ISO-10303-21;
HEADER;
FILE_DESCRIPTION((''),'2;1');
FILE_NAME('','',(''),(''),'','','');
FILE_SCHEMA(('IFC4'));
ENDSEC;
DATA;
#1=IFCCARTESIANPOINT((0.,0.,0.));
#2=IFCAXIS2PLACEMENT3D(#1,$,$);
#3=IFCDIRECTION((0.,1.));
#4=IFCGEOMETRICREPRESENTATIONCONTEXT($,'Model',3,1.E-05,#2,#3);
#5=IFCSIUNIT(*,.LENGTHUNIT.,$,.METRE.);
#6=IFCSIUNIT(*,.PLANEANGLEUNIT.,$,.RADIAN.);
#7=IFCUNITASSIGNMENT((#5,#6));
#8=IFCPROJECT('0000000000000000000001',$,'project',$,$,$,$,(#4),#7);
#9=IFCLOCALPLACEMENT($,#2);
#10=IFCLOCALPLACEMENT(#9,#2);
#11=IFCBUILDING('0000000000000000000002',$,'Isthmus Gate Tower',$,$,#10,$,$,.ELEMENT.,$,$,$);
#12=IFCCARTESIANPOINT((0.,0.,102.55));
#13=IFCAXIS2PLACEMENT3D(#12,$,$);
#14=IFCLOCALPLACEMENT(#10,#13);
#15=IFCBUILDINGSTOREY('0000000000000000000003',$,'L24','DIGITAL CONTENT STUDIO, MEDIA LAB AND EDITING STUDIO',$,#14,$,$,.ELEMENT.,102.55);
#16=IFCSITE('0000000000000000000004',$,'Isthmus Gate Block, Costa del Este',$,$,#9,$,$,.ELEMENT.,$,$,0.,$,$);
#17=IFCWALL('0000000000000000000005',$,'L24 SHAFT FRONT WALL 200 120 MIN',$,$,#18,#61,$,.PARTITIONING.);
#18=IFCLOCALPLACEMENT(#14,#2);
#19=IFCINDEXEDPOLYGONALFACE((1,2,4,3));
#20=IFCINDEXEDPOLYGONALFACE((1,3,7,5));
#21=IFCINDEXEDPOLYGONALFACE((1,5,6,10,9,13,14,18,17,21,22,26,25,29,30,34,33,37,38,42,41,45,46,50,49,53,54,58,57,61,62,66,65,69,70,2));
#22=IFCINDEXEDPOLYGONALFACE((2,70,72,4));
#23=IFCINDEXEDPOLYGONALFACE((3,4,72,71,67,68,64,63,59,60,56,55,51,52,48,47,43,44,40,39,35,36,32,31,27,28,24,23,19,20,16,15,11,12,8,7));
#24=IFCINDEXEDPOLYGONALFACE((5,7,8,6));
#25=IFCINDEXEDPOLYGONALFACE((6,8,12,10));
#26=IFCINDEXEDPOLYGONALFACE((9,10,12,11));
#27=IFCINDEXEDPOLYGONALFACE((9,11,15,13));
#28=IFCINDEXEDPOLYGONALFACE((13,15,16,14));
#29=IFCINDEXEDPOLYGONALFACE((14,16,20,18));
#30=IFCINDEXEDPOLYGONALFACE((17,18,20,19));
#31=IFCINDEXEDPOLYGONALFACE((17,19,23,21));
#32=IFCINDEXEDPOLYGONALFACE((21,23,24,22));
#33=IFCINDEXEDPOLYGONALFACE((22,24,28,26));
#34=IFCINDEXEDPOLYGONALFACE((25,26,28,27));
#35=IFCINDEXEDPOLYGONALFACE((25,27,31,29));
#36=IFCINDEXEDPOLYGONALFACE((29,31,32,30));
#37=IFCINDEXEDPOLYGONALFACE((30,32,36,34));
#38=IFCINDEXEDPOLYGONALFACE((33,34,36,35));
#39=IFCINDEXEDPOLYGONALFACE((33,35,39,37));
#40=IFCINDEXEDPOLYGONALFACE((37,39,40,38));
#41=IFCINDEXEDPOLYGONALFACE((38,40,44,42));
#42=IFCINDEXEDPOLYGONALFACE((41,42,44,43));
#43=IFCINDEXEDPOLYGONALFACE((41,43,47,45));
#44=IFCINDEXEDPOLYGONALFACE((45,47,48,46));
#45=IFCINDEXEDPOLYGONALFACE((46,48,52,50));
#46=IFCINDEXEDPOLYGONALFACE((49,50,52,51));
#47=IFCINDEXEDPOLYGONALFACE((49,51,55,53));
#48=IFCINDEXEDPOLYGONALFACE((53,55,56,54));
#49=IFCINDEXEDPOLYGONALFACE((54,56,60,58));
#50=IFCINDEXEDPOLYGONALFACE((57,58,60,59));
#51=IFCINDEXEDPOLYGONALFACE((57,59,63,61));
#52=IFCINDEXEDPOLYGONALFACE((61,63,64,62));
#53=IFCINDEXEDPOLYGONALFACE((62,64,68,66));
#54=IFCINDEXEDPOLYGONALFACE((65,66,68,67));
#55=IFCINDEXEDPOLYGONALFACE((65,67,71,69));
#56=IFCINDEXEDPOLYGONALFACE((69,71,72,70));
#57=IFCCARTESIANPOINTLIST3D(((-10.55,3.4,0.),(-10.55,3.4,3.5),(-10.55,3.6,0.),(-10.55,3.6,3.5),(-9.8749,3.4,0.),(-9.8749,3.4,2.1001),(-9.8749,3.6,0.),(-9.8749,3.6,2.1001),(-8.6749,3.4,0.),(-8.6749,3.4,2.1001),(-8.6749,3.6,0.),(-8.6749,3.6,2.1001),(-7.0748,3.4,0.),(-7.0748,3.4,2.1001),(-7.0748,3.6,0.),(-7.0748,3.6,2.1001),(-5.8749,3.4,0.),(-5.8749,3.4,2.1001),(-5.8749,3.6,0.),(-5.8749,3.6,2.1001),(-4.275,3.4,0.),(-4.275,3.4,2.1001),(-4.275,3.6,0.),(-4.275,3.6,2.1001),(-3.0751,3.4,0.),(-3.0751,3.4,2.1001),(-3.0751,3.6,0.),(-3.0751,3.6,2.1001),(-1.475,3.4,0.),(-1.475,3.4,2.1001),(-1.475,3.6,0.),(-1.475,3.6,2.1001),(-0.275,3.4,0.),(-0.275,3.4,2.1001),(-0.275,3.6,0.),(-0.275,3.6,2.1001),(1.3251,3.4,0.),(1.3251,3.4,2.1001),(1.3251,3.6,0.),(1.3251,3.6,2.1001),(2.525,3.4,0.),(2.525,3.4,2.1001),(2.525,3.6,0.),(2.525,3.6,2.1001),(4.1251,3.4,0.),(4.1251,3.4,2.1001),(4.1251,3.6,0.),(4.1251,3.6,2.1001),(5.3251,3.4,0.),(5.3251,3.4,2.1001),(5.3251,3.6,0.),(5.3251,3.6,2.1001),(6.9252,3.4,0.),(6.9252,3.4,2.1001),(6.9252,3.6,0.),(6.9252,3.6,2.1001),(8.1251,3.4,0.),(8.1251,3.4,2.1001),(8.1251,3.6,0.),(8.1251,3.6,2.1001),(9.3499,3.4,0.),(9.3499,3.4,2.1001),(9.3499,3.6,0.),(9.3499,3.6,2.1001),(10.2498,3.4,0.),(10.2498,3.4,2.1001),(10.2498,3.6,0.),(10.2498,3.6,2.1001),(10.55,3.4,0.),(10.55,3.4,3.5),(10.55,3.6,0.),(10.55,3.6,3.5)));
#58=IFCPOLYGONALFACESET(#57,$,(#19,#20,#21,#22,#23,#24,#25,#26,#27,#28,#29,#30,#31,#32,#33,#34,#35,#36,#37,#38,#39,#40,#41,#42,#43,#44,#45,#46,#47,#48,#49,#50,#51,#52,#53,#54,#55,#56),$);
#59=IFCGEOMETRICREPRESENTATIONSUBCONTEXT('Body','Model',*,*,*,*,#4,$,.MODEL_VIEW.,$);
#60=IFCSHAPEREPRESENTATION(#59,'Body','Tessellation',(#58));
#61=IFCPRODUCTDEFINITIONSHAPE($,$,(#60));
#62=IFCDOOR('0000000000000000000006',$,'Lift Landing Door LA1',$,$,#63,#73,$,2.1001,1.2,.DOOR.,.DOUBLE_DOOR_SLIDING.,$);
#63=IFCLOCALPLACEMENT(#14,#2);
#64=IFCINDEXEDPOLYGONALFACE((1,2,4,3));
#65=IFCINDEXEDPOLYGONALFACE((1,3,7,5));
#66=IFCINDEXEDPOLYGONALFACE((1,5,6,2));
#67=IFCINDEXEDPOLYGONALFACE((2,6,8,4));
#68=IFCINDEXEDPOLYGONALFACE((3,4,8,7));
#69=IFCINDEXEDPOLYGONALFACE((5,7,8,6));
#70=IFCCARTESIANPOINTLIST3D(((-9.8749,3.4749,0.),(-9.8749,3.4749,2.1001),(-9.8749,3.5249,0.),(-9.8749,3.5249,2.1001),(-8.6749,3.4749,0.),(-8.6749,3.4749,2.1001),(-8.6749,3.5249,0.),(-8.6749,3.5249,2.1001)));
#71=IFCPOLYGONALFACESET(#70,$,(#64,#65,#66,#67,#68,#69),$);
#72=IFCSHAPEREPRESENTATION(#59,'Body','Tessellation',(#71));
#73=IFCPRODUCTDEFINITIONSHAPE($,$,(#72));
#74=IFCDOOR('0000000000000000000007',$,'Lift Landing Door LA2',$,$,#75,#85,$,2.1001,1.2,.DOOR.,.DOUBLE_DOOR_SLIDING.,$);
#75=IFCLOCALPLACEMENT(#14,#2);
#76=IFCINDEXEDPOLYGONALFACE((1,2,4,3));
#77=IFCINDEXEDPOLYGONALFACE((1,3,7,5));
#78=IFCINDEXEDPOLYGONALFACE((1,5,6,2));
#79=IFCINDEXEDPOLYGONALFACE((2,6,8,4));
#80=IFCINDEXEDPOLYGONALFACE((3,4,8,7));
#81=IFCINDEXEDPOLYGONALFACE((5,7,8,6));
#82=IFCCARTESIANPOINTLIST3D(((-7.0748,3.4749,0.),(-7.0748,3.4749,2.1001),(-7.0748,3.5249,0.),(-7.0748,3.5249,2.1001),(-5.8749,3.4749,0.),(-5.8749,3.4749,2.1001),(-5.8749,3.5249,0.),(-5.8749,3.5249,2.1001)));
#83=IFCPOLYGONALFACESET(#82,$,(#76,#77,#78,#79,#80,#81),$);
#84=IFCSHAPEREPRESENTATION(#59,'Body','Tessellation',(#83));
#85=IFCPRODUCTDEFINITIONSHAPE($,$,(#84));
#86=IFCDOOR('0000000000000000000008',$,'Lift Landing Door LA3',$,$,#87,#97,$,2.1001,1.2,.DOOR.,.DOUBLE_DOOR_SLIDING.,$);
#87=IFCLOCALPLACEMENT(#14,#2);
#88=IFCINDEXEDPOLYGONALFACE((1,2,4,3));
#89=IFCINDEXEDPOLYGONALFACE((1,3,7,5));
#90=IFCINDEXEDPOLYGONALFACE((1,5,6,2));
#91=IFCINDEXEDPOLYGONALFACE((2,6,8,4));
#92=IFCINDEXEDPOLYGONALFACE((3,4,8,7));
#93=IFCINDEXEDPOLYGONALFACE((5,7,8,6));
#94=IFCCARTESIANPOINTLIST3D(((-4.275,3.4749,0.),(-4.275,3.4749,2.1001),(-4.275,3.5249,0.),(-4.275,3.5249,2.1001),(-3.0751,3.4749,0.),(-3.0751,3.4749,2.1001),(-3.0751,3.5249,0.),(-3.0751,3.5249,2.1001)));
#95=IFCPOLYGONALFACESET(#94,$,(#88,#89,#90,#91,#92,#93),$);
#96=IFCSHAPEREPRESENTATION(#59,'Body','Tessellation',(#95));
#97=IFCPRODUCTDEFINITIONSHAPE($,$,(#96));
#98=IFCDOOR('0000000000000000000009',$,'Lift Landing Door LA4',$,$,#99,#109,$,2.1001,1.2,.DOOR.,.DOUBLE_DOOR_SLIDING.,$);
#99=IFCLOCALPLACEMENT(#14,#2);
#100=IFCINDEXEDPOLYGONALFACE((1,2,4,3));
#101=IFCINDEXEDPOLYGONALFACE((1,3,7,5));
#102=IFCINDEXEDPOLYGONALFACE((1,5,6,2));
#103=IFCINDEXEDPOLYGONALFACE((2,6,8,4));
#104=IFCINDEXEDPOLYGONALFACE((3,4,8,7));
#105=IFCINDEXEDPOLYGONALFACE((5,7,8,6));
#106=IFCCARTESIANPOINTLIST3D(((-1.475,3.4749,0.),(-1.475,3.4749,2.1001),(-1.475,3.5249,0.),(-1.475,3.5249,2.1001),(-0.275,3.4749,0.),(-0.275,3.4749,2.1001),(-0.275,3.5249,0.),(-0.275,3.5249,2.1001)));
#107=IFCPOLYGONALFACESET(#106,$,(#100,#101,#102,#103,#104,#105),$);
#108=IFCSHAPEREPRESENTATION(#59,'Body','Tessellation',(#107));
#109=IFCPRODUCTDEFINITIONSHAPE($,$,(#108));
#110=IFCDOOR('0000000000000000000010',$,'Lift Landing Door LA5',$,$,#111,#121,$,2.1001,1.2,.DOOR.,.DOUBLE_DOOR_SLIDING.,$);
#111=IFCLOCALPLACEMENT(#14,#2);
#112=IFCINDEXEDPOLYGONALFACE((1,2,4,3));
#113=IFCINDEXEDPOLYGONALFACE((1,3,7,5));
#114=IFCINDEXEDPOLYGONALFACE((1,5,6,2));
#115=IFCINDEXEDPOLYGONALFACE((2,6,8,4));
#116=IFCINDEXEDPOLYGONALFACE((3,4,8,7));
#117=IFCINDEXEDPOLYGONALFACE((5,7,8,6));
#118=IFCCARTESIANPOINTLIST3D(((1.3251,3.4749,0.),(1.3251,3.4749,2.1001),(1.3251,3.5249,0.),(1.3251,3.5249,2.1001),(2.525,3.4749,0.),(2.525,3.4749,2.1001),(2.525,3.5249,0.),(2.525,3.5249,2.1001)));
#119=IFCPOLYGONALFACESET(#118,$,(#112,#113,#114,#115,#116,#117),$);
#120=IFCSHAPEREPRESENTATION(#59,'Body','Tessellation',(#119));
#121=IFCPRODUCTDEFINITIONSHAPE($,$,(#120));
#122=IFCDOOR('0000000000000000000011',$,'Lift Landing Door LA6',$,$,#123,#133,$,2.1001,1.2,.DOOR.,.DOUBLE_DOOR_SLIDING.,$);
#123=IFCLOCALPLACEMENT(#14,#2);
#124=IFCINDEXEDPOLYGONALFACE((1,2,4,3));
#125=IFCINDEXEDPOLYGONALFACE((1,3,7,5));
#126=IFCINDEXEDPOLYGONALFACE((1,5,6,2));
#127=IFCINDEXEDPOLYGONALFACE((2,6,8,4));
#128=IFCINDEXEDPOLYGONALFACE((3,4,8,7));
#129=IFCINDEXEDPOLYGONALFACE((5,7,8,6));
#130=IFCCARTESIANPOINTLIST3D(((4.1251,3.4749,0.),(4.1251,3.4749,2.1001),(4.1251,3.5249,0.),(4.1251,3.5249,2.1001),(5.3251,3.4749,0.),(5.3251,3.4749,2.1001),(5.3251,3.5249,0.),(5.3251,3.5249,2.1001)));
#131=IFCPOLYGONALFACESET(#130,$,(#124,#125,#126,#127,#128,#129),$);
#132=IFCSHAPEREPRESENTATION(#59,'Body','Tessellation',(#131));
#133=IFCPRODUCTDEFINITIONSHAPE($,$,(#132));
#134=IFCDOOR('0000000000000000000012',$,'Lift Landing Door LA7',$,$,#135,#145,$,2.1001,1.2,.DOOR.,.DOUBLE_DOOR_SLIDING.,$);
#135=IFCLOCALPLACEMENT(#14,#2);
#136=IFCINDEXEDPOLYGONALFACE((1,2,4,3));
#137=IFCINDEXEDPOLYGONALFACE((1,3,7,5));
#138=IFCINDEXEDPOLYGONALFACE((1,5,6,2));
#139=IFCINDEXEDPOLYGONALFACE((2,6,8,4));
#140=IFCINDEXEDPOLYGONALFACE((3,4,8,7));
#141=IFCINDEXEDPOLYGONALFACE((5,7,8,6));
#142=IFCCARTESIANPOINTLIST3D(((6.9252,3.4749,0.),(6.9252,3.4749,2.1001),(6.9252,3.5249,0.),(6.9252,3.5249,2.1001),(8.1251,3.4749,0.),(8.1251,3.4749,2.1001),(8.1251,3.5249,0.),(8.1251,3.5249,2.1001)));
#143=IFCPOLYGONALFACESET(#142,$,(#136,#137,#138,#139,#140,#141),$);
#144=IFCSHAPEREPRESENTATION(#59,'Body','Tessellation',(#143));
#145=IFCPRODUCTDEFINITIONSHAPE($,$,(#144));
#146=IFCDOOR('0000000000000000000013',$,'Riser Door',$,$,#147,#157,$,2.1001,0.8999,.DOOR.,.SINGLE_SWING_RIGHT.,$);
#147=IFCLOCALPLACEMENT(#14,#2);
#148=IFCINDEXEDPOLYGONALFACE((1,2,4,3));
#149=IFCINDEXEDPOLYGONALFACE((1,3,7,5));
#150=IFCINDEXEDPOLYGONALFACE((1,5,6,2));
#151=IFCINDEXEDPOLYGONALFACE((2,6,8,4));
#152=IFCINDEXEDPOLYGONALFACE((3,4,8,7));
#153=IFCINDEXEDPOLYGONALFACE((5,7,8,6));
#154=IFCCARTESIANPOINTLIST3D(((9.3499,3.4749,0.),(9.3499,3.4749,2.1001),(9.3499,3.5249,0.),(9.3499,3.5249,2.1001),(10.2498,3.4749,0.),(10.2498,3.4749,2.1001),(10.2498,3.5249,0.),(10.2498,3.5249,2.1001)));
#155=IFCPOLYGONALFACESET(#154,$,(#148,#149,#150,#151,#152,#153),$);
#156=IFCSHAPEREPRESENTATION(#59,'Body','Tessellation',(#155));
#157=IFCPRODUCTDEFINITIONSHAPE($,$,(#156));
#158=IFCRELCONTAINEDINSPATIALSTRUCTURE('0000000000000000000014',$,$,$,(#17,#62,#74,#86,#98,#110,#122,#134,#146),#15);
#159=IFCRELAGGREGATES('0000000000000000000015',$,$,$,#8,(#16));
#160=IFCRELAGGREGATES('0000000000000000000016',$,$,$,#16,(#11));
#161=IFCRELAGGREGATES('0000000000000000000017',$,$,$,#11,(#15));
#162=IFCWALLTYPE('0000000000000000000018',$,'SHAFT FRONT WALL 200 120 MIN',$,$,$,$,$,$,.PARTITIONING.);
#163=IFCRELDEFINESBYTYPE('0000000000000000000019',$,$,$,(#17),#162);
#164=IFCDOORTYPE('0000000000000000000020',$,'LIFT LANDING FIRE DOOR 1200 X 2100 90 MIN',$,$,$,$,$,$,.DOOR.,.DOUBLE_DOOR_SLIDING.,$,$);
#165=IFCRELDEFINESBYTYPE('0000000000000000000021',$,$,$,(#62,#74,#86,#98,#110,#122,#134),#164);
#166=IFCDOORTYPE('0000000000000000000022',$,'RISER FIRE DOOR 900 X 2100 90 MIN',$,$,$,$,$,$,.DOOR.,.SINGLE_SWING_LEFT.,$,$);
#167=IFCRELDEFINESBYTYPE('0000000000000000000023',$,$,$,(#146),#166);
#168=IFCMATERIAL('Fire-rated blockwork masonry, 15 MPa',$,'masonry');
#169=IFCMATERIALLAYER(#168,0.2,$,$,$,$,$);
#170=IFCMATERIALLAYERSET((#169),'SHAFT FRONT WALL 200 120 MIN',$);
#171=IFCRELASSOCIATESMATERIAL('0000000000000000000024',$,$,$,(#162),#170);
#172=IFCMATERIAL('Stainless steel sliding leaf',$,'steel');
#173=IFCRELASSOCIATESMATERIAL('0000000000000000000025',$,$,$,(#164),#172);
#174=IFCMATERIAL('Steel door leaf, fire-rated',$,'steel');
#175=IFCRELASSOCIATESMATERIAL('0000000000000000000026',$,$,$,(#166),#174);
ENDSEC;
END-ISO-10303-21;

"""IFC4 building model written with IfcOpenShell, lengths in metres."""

from ifc_helpers import new_model, si_unit, direction, frame, frame_2d, origin, place, context, subcontext, project, spatial, rectangle, extrude, material, layer, layer_set, type_object, element, fill, save


model = new_model("IFC4")

# Units and contexts
model_context = context("Model", 3, precision=1e-05, world=origin(), true_north=direction((0.0, 1.0)))
body_context = subcontext(model_context, "Body", "Model", "MODEL_VIEW")
ifc_project = project(units=[si_unit("LENGTHUNIT", "METRE"), si_unit("PLANEANGLEUNIT", "RADIAN")], contexts=[model_context])

# Site, building, storey
site_placement = place(None, origin())
site = spatial("IfcSite", under=ifc_project, at=site_placement, Name="Isthmus Gate Block, Costa del Este", CompositionType="ELEMENT", RefElevation=0.0)
building_placement = place(site_placement, origin())
building = spatial("IfcBuilding", under=site, at=building_placement, Name="Isthmus Gate Tower", CompositionType="ELEMENT")
storey_placement = place(building_placement, frame((0.0, 0.0, 102.55)))
storey = spatial("IfcBuildingStorey", under=building, at=storey_placement, Name="L24", Description="DIGITAL CONTENT STUDIO, MEDIA LAB AND EDITING STUDIO", CompositionType="ELEMENT", Elevation=102.55)

# Wall, openings, doors
ifc_material_1 = material(Name="Fire-rated blockwork masonry, 15 MPa", Category="masonry")
ifc_layer_1 = layer(ifc_material_1, 0.2)
ifc_layer_set_1 = layer_set([ifc_layer_1], Name="SHAFT FRONT WALL 200 120 MIN")
wall_type_1 = type_object("IfcWallType", Name="SHAFT FRONT WALL 200 120 MIN", PredefinedType="PARTITIONING", material=ifc_layer_set_1)
wall_1_placement = place(storey_placement, frame((-10.55, 3.5, 0.0), z_axis=(0.0, 0.0, 1.0), x_axis=(1.0, 0.0, 0.0)))
wall_1 = element("IfcWall", 1, at=wall_1_placement, inside=storey, type_object=wall_type_1, Name="L24 SHAFT FRONT WALL 200 120 MIN", PredefinedType="PARTITIONING", context=body_context, shape_type="SweptSolid", body=[
    extrude(rectangle(XDim=21.1001, YDim=0.2, at=frame_2d((10.55, 0.0))), origin(), (0.0, 0.0, 1.0), 3.5),
])
opening_1_placement = place(wall_1_placement, frame((0.675, 0.0, 0.0)))
opening_1 = element("IfcOpeningElement", 2, at=opening_1_placement, cuts=wall_1, PredefinedType="OPENING", context=body_context, shape_type="SweptSolid", body=[
    extrude(rectangle(XDim=1.2, YDim=2.1001, at=frame_2d((0.6001, 1.05))), frame((0.0, 0.1099, 0.0), z_axis=(0.0, -1.0, 0.0), x_axis=(1.0, 0.0, 0.0)), (0.0, 0.0, 1.0), 0.22),
])
opening_2_placement = place(wall_1_placement, frame((3.4751, 0.0, 0.0)))
opening_2 = element("IfcOpeningElement", 3, at=opening_2_placement, cuts=wall_1, PredefinedType="OPENING", context=body_context, shape_type="SweptSolid", body=[
    extrude(rectangle(XDim=1.2, YDim=2.1001, at=frame_2d((0.6001, 1.05))), frame((0.0, 0.1099, 0.0), z_axis=(0.0, -1.0, 0.0), x_axis=(1.0, 0.0, 0.0)), (0.0, 0.0, 1.0), 0.22),
])
opening_3_placement = place(wall_1_placement, frame((6.2749, 0.0, 0.0)))
opening_3 = element("IfcOpeningElement", 4, at=opening_3_placement, cuts=wall_1, PredefinedType="OPENING", context=body_context, shape_type="SweptSolid", body=[
    extrude(rectangle(XDim=1.2, YDim=2.1001, at=frame_2d((0.6001, 1.05))), frame((0.0, 0.1099, 0.0), z_axis=(0.0, -1.0, 0.0), x_axis=(1.0, 0.0, 0.0)), (0.0, 0.0, 1.0), 0.22),
])
opening_4_placement = place(wall_1_placement, frame((9.075, 0.0, 0.0)))
opening_4 = element("IfcOpeningElement", 5, at=opening_4_placement, cuts=wall_1, PredefinedType="OPENING", context=body_context, shape_type="SweptSolid", body=[
    extrude(rectangle(XDim=1.2, YDim=2.1001, at=frame_2d((0.6001, 1.05))), frame((0.0, 0.1099, 0.0), z_axis=(0.0, -1.0, 0.0), x_axis=(1.0, 0.0, 0.0)), (0.0, 0.0, 1.0), 0.22),
])
opening_5_placement = place(wall_1_placement, frame((11.875, 0.0, 0.0)))
opening_5 = element("IfcOpeningElement", 6, at=opening_5_placement, cuts=wall_1, PredefinedType="OPENING", context=body_context, shape_type="SweptSolid", body=[
    extrude(rectangle(XDim=1.2, YDim=2.1001, at=frame_2d((0.6001, 1.05))), frame((0.0, 0.1099, 0.0), z_axis=(0.0, -1.0, 0.0), x_axis=(1.0, 0.0, 0.0)), (0.0, 0.0, 1.0), 0.22),
])
opening_6_placement = place(wall_1_placement, frame((14.675, 0.0, 0.0)))
opening_6 = element("IfcOpeningElement", 7, at=opening_6_placement, cuts=wall_1, PredefinedType="OPENING", context=body_context, shape_type="SweptSolid", body=[
    extrude(rectangle(XDim=1.2, YDim=2.1001, at=frame_2d((0.6001, 1.05))), frame((0.0, 0.1099, 0.0), z_axis=(0.0, -1.0, 0.0), x_axis=(1.0, 0.0, 0.0)), (0.0, 0.0, 1.0), 0.22),
])
opening_7_placement = place(wall_1_placement, frame((17.4751, 0.0, 0.0)))
opening_7 = element("IfcOpeningElement", 8, at=opening_7_placement, cuts=wall_1, PredefinedType="OPENING", context=body_context, shape_type="SweptSolid", body=[
    extrude(rectangle(XDim=1.2, YDim=2.1001, at=frame_2d((0.6001, 1.05))), frame((0.0, 0.1099, 0.0), z_axis=(0.0, -1.0, 0.0), x_axis=(1.0, 0.0, 0.0)), (0.0, 0.0, 1.0), 0.22),
])
opening_8_placement = place(wall_1_placement, frame((19.8999, 0.0, 0.0)))
opening_8 = element("IfcOpeningElement", 9, at=opening_8_placement, cuts=wall_1, PredefinedType="OPENING", context=body_context, shape_type="SweptSolid", body=[
    extrude(rectangle(XDim=0.8999, YDim=2.1001, at=frame_2d((0.45, 1.05))), frame((0.0, 0.1099, 0.0), z_axis=(0.0, -1.0, 0.0), x_axis=(1.0, 0.0, 0.0)), (0.0, 0.0, 1.0), 0.22),
])
ifc_material_2 = material(Name="Stainless steel sliding leaf", Category="steel")
door_type_1 = type_object("IfcDoorType", Name="LIFT LANDING FIRE DOOR 1200 X 2100 90 MIN", OperationType="DOUBLE_DOOR_SLIDING", PredefinedType="DOOR", material=ifc_material_2)
door_1_placement = place(opening_1_placement, origin())
door_1 = element("IfcDoor", 10, at=door_1_placement, inside=storey, type_object=door_type_1, Name="Lift Landing Door LA1", OperationType="DOUBLE_DOOR_SLIDING", OverallHeight=2.1001, OverallWidth=1.2, PredefinedType="DOOR", context=body_context, shape_type="SweptSolid", body=[
    extrude(rectangle(XDim=1.2, YDim=2.1001, at=frame_2d((0.6001, 1.05))), frame((0.0, 0.0249, 0.0), z_axis=(0.0, -1.0, 0.0), x_axis=(1.0, 0.0, 0.0)), (0.0, 0.0, 1.0), 0.05),
])
fill(opening_1, door_1)
door_2_placement = place(opening_2_placement, origin())
door_2 = element("IfcDoor", 11, at=door_2_placement, inside=storey, type_object=door_type_1, Name="Lift Landing Door LA2", OperationType="DOUBLE_DOOR_SLIDING", OverallHeight=2.1001, OverallWidth=1.2, PredefinedType="DOOR", context=body_context, shape_type="SweptSolid", body=[
    extrude(rectangle(XDim=1.2, YDim=2.1001, at=frame_2d((0.6001, 1.05))), frame((0.0, 0.0249, 0.0), z_axis=(0.0, -1.0, 0.0), x_axis=(1.0, 0.0, 0.0)), (0.0, 0.0, 1.0), 0.05),
])
fill(opening_2, door_2)
door_3_placement = place(opening_3_placement, origin())
door_3 = element("IfcDoor", 12, at=door_3_placement, inside=storey, type_object=door_type_1, Name="Lift Landing Door LA3", OperationType="DOUBLE_DOOR_SLIDING", OverallHeight=2.1001, OverallWidth=1.2, PredefinedType="DOOR", context=body_context, shape_type="SweptSolid", body=[
    extrude(rectangle(XDim=1.2, YDim=2.1001, at=frame_2d((0.6001, 1.05))), frame((0.0, 0.0249, 0.0), z_axis=(0.0, -1.0, 0.0), x_axis=(1.0, 0.0, 0.0)), (0.0, 0.0, 1.0), 0.05),
])
fill(opening_3, door_3)
door_4_placement = place(opening_4_placement, origin())
door_4 = element("IfcDoor", 13, at=door_4_placement, inside=storey, type_object=door_type_1, Name="Lift Landing Door LA4", OperationType="DOUBLE_DOOR_SLIDING", OverallHeight=2.1001, OverallWidth=1.2, PredefinedType="DOOR", context=body_context, shape_type="SweptSolid", body=[
    extrude(rectangle(XDim=1.2, YDim=2.1001, at=frame_2d((0.6001, 1.05))), frame((0.0, 0.0249, 0.0), z_axis=(0.0, -1.0, 0.0), x_axis=(1.0, 0.0, 0.0)), (0.0, 0.0, 1.0), 0.05),
])
fill(opening_4, door_4)
door_5_placement = place(opening_5_placement, origin())
door_5 = element("IfcDoor", 14, at=door_5_placement, inside=storey, type_object=door_type_1, Name="Lift Landing Door LA5", OperationType="DOUBLE_DOOR_SLIDING", OverallHeight=2.1001, OverallWidth=1.2, PredefinedType="DOOR", context=body_context, shape_type="SweptSolid", body=[
    extrude(rectangle(XDim=1.2, YDim=2.1001, at=frame_2d((0.6001, 1.05))), frame((0.0, 0.0249, 0.0), z_axis=(0.0, -1.0, 0.0), x_axis=(1.0, 0.0, 0.0)), (0.0, 0.0, 1.0), 0.05),
])
fill(opening_5, door_5)
door_6_placement = place(opening_6_placement, origin())
door_6 = element("IfcDoor", 15, at=door_6_placement, inside=storey, type_object=door_type_1, Name="Lift Landing Door LA6", OperationType="DOUBLE_DOOR_SLIDING", OverallHeight=2.1001, OverallWidth=1.2, PredefinedType="DOOR", context=body_context, shape_type="SweptSolid", body=[
    extrude(rectangle(XDim=1.2, YDim=2.1001, at=frame_2d((0.6001, 1.05))), frame((0.0, 0.0249, 0.0), z_axis=(0.0, -1.0, 0.0), x_axis=(1.0, 0.0, 0.0)), (0.0, 0.0, 1.0), 0.05),
])
fill(opening_6, door_6)
door_7_placement = place(opening_7_placement, origin())
door_7 = element("IfcDoor", 16, at=door_7_placement, inside=storey, type_object=door_type_1, Name="Lift Landing Door LA7", OperationType="DOUBLE_DOOR_SLIDING", OverallHeight=2.1001, OverallWidth=1.2, PredefinedType="DOOR", context=body_context, shape_type="SweptSolid", body=[
    extrude(rectangle(XDim=1.2, YDim=2.1001, at=frame_2d((0.6001, 1.05))), frame((0.0, 0.0249, 0.0), z_axis=(0.0, -1.0, 0.0), x_axis=(1.0, 0.0, 0.0)), (0.0, 0.0, 1.0), 0.05),
])
fill(opening_7, door_7)
ifc_material_3 = material(Name="Steel door leaf, fire-rated", Category="steel")
door_type_2 = type_object("IfcDoorType", Name="RISER FIRE DOOR 900 X 2100 90 MIN", OperationType="SINGLE_SWING_LEFT", PredefinedType="DOOR", material=ifc_material_3)
door_8_placement = place(opening_8_placement, origin())
door_8 = element("IfcDoor", 17, at=door_8_placement, inside=storey, type_object=door_type_2, Name="Riser Door", OperationType="SINGLE_SWING_RIGHT", OverallHeight=2.1001, OverallWidth=0.8999, PredefinedType="DOOR", context=body_context, shape_type="SweptSolid", body=[
    extrude(rectangle(XDim=0.8999, YDim=2.1001, at=frame_2d((0.45, 1.05))), frame((0.0, 0.0249, 0.0), z_axis=(0.0, -1.0, 0.0), x_axis=(1.0, 0.0, 0.0)), (0.0, 0.0, 1.0), 0.05),
])
fill(opening_8, door_8)

save(model, "model.ifc")
